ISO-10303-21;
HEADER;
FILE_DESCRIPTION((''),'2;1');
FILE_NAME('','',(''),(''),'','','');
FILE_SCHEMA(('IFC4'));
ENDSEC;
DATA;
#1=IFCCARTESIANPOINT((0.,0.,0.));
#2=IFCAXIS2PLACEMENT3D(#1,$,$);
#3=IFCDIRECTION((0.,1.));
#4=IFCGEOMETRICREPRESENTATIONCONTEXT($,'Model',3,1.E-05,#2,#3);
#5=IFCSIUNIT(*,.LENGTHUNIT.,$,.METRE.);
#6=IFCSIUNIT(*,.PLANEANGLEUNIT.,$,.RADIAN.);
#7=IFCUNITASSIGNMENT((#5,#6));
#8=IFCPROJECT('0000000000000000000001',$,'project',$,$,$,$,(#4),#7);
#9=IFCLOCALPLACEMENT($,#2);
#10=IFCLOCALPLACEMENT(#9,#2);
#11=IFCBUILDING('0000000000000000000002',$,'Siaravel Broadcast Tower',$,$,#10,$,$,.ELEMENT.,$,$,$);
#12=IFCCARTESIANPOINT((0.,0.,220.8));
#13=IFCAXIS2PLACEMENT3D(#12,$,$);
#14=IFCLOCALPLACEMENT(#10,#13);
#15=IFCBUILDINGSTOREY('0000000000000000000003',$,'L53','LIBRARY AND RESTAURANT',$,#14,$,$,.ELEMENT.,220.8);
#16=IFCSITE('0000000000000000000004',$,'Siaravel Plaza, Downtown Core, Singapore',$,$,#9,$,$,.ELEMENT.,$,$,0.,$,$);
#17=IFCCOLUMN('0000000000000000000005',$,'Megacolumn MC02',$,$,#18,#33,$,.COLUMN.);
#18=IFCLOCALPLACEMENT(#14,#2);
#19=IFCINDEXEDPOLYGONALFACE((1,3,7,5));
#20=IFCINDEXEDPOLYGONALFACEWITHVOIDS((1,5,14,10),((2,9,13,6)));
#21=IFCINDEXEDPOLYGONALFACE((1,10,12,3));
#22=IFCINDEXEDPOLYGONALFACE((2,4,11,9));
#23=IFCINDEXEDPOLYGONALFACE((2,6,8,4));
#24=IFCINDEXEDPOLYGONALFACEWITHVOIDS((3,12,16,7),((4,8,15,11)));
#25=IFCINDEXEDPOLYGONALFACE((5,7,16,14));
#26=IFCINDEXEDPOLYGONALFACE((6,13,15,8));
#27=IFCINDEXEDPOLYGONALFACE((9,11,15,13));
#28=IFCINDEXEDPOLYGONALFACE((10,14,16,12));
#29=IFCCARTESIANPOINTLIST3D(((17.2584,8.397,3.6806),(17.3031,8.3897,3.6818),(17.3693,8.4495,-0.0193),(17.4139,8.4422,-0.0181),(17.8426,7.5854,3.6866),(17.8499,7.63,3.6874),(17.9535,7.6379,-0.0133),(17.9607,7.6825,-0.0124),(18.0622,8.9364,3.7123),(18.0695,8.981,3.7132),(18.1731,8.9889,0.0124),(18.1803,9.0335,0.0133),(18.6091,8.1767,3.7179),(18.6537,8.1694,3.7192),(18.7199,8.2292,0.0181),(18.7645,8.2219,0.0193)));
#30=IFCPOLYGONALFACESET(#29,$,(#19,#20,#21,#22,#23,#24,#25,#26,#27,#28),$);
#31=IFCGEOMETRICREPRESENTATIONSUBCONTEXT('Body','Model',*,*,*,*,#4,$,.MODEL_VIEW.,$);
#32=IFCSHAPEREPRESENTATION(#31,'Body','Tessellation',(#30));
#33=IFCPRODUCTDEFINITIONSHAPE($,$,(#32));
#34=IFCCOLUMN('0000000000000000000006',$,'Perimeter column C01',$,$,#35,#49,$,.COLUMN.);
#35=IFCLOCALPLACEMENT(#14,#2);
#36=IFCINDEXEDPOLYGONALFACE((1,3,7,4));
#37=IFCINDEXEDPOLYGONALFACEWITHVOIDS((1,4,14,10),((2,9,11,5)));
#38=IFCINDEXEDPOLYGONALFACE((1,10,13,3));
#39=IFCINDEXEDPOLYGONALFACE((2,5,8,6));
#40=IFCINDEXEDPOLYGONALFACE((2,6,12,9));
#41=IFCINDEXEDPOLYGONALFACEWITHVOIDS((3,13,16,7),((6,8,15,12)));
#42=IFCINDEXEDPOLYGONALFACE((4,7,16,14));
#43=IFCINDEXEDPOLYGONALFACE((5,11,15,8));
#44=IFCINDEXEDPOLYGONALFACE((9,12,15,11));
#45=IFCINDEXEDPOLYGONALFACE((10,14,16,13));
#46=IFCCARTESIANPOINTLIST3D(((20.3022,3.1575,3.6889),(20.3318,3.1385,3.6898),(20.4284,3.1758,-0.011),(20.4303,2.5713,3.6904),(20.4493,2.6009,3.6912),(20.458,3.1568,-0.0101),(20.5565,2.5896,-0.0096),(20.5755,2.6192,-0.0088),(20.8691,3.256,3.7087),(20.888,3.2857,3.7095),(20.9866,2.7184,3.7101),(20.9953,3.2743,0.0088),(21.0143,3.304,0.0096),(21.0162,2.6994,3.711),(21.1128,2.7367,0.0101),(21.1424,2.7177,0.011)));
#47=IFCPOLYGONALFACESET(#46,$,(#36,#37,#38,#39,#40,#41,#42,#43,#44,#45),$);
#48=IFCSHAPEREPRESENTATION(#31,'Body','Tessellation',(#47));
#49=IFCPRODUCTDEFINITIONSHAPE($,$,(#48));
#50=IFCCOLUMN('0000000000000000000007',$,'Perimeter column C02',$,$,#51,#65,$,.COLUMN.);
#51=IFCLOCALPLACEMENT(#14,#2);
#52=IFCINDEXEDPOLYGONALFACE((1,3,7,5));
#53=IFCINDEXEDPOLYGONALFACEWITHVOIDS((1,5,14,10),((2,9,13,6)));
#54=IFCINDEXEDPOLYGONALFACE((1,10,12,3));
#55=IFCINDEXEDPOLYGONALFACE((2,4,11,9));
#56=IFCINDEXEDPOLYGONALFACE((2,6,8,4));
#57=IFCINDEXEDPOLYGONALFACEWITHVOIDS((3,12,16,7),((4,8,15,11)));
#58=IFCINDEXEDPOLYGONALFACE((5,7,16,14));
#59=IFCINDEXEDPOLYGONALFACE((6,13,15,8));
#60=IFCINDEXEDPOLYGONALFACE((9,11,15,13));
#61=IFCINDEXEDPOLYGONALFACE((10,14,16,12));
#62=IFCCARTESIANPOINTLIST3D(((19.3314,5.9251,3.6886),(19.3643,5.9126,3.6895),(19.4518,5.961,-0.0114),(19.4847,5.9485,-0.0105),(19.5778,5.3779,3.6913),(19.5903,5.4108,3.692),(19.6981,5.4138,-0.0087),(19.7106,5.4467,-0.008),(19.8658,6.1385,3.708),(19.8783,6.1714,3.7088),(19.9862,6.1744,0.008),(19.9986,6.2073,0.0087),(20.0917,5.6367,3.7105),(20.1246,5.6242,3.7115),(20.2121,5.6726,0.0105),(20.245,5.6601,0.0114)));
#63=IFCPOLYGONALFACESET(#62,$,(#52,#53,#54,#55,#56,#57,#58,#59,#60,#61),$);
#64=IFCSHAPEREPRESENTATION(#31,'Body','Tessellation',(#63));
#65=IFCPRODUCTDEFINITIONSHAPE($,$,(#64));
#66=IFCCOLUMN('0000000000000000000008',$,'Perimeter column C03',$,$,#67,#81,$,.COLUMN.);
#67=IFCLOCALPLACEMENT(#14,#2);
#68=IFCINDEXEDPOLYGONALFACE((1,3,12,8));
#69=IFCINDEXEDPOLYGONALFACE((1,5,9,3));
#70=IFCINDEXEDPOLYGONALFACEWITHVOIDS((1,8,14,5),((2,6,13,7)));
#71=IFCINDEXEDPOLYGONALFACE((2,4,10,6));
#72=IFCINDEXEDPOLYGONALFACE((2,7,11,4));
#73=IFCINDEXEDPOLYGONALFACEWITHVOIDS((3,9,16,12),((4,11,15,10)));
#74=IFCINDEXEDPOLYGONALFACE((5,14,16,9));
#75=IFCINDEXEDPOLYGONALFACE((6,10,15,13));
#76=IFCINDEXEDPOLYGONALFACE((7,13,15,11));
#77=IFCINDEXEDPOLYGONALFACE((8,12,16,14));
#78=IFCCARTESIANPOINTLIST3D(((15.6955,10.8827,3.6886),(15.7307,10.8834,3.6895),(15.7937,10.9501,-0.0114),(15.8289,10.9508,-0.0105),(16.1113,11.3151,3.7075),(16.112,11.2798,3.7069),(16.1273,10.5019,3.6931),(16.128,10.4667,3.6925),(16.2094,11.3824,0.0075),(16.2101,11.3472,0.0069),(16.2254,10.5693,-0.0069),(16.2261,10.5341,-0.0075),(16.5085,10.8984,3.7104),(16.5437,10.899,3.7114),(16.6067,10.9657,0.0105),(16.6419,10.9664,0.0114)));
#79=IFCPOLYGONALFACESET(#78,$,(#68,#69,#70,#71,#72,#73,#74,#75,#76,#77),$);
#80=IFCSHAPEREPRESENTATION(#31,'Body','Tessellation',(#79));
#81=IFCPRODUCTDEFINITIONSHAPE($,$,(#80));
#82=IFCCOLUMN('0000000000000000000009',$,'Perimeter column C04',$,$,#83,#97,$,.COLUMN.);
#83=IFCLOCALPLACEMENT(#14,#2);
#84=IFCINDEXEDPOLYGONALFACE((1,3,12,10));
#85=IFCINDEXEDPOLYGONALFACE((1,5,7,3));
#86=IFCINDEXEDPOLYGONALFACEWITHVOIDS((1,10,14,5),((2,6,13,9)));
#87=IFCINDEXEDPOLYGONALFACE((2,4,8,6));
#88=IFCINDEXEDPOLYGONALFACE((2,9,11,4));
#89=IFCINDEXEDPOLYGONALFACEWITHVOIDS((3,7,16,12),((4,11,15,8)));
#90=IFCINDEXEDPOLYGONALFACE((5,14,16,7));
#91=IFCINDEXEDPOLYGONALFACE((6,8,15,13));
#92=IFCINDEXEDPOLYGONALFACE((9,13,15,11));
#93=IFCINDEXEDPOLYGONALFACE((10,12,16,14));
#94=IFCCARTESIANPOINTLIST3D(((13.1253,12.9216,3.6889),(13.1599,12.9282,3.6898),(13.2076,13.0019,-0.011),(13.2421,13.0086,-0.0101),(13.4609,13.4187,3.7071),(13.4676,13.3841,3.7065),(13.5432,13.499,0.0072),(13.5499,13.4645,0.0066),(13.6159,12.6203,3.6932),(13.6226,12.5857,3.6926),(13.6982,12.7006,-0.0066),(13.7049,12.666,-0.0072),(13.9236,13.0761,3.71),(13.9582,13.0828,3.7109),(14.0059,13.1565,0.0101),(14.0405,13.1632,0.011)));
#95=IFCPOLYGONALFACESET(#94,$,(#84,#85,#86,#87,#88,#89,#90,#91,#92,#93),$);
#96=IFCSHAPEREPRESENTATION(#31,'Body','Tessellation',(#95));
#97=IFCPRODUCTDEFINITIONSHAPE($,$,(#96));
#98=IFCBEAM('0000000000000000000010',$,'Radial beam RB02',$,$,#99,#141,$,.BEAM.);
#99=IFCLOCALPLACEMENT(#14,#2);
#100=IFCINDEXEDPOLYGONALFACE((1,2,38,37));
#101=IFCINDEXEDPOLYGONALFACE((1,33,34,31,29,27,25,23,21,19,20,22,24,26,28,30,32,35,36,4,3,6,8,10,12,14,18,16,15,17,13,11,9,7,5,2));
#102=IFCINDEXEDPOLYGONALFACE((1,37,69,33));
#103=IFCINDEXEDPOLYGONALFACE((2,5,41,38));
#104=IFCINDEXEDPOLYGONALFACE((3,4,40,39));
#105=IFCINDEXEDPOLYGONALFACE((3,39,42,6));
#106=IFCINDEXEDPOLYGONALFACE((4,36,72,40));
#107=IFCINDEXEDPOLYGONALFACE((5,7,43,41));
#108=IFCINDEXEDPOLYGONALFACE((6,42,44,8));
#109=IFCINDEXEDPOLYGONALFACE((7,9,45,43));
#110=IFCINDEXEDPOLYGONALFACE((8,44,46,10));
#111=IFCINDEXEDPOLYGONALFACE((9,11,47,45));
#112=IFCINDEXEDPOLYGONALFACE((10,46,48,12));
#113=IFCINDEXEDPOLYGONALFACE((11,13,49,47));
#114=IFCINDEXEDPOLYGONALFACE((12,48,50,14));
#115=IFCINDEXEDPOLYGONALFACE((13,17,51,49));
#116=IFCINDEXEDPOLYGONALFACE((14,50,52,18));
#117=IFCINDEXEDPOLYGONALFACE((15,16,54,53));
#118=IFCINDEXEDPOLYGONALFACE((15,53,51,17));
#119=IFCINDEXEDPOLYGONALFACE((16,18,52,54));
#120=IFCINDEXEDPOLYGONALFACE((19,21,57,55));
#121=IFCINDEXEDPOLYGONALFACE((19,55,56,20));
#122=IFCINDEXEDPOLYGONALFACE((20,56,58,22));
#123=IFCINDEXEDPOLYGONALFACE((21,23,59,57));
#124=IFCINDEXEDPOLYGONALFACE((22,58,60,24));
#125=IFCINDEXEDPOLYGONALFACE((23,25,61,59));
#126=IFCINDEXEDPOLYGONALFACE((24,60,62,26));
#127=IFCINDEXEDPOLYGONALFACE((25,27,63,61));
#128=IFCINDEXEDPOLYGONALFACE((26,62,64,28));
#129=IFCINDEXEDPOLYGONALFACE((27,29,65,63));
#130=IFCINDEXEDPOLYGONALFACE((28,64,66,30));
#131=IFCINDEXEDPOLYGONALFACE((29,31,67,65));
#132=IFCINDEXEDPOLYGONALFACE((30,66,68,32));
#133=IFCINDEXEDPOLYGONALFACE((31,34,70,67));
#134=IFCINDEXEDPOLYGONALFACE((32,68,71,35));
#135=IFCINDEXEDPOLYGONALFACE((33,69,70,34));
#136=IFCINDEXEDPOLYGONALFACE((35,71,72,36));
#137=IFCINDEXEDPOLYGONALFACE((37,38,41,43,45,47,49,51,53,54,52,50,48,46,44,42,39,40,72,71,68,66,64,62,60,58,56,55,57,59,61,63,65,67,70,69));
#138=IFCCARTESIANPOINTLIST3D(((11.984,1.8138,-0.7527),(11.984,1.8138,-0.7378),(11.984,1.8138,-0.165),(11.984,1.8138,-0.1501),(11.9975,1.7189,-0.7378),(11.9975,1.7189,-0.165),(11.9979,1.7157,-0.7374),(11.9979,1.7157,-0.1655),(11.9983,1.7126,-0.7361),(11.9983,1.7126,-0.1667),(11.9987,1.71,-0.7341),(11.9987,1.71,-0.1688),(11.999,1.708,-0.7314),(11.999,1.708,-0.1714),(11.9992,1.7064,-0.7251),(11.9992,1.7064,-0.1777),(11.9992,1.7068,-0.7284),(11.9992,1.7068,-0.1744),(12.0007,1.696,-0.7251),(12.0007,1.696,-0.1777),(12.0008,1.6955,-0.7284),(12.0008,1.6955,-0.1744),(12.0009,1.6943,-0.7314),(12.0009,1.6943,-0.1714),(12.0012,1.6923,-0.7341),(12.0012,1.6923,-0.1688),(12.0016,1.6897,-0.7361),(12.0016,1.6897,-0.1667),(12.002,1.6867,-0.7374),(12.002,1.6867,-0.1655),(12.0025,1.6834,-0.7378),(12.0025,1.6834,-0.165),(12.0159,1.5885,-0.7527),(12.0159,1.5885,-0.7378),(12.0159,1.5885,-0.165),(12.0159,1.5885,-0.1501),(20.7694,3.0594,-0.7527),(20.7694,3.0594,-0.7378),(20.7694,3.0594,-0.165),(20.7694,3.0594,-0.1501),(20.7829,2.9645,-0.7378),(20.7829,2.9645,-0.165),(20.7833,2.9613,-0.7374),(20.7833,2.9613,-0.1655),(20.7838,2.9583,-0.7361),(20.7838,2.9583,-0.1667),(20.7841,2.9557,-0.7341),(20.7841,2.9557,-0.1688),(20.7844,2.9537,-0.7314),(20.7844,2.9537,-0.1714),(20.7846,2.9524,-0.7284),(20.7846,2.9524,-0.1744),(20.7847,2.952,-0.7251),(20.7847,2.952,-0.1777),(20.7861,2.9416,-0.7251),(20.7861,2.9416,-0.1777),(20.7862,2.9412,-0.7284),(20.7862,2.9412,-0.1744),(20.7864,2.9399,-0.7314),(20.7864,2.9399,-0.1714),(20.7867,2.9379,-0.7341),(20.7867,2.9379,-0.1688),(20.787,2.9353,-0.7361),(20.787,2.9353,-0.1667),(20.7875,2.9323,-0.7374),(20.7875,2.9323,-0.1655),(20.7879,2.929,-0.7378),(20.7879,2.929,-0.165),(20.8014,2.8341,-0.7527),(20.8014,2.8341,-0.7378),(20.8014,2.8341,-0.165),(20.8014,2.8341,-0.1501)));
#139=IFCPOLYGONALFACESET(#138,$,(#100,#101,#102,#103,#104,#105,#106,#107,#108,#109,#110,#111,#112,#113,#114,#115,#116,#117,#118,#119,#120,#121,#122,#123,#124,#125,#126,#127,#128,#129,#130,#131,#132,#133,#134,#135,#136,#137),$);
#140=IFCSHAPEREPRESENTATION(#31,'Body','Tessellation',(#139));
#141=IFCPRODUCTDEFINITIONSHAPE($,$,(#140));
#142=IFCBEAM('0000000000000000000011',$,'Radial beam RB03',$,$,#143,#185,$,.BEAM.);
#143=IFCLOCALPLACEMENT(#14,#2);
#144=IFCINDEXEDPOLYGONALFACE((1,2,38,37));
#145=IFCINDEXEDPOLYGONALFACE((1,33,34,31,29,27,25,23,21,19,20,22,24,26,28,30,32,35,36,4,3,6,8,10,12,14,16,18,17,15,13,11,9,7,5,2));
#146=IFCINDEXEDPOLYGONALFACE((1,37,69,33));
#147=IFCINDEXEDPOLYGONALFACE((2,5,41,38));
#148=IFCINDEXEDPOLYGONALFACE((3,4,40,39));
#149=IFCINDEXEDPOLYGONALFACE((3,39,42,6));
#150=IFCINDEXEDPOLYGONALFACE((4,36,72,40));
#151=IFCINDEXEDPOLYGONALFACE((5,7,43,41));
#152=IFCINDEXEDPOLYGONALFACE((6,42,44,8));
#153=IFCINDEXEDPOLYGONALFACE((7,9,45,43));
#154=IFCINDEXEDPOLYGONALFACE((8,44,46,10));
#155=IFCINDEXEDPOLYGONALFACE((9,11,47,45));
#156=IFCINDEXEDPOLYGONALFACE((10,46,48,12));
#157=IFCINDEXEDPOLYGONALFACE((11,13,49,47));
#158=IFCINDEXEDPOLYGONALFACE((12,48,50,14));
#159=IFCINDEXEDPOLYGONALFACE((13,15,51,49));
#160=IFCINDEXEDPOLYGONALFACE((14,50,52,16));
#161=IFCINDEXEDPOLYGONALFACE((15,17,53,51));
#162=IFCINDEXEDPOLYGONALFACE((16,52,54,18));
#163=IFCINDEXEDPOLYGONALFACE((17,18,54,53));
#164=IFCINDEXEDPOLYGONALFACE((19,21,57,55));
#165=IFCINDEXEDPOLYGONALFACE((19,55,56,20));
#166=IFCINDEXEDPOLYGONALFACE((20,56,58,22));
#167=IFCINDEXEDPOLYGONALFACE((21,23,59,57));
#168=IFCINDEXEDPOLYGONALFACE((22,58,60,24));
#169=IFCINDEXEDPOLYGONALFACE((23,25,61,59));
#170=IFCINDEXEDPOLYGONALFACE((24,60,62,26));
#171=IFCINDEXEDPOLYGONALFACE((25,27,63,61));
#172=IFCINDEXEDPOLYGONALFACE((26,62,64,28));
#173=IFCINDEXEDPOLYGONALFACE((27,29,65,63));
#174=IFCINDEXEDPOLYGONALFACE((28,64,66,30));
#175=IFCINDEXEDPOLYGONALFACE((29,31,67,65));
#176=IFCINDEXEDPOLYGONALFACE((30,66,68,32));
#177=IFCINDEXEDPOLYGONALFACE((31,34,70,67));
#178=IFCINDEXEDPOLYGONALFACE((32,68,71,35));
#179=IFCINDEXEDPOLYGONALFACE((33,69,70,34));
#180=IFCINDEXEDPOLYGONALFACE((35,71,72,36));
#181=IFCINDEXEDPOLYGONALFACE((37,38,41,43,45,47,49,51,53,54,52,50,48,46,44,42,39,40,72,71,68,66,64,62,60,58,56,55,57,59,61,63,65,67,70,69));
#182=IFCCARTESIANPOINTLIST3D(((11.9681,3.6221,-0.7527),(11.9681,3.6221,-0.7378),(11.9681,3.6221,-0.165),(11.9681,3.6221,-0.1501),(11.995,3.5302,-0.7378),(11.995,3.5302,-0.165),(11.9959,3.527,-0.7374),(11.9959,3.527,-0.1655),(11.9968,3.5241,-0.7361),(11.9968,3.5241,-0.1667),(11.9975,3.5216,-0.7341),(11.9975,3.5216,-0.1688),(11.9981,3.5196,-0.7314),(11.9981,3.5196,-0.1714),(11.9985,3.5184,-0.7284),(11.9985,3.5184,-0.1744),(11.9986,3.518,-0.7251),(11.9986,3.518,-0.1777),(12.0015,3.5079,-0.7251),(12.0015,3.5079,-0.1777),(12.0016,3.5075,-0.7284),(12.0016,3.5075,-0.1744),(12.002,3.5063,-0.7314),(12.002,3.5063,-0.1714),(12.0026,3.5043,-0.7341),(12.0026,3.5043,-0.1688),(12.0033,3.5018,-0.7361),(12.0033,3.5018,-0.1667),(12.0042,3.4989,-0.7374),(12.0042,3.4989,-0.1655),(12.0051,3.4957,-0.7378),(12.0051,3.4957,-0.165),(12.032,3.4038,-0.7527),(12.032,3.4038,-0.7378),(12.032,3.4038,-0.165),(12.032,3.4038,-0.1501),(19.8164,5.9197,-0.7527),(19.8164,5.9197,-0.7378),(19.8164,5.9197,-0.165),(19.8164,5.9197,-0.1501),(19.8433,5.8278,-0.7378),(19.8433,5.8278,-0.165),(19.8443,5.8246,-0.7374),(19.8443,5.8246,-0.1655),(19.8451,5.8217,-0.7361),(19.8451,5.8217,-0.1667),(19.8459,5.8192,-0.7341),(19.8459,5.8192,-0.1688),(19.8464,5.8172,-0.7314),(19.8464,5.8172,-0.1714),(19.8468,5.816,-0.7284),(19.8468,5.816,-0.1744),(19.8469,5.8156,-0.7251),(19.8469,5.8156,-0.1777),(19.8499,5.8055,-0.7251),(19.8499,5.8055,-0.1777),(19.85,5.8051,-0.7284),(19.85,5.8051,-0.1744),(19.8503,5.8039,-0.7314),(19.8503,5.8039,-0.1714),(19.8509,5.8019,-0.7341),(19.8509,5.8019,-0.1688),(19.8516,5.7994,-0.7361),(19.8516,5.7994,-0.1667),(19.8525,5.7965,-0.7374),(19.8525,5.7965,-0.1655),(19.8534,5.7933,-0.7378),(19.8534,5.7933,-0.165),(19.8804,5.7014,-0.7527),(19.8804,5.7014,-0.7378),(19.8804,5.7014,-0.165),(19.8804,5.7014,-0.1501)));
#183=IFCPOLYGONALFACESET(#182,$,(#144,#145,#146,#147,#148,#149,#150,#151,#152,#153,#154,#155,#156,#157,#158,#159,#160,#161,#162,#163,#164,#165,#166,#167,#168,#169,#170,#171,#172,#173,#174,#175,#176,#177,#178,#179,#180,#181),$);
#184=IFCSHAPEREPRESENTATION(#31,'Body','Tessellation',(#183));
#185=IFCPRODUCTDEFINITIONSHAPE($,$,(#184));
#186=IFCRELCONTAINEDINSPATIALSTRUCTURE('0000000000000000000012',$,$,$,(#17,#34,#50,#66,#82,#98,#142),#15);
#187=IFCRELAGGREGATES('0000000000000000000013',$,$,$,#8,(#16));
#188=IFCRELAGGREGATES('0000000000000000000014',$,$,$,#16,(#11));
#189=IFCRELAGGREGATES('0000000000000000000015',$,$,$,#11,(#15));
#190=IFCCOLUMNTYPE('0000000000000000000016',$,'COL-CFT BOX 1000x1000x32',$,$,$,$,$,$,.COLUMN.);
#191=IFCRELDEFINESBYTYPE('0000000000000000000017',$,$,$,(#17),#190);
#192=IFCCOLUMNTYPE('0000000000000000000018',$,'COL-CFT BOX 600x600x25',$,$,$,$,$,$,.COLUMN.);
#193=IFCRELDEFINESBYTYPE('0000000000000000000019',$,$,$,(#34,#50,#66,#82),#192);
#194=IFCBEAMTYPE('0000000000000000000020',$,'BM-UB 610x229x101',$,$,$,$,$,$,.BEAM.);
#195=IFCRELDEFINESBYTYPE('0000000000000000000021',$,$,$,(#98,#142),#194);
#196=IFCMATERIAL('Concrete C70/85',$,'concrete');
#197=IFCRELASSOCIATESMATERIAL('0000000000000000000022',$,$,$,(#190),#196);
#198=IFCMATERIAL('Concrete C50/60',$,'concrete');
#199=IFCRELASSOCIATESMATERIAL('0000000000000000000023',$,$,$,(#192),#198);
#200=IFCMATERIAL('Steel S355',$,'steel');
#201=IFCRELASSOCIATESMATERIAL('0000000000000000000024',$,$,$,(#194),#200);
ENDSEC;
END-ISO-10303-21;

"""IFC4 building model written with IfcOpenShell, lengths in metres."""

from ifc_helpers import new_model, si_unit, direction, frame, origin, origin_2d, place, context, subcontext, project, spatial, hollow_rectangle, i_section, extrude, material, material_profile, profile_set, type_object, element, save


model = new_model("IFC4")

# Units and contexts
model_context = context("Model", 3, precision=1e-05, world=origin(), true_north=direction((0.0, 1.0)))
body_context = subcontext(model_context, "Body", "Model", "MODEL_VIEW")
ifc_project = project(units=[si_unit("LENGTHUNIT", "METRE"), si_unit("PLANEANGLEUNIT", "RADIAN")], contexts=[model_context])

# Site, building, storey
site_placement = place(None, origin())
site = spatial("IfcSite", under=ifc_project, at=site_placement, Name="Siaravel Plaza, Downtown Core, Singapore", CompositionType="ELEMENT", RefElevation=0.0)
building_placement = place(site_placement, origin())
building = spatial("IfcBuilding", under=site, at=building_placement, Name="Siaravel Broadcast Tower", CompositionType="ELEMENT")
storey_placement = place(building_placement, frame((0.0, 0.0, 220.8)))
storey = spatial("IfcBuildingStorey", under=building, at=storey_placement, Name="L53", Description="LIBRARY AND RESTAURANT", CompositionType="ELEMENT", Elevation=220.8)

# Columns
ifc_material_1 = material(Name="Concrete C70/85", Category="concrete")
ifc_material_profile_1 = material_profile(ifc_material_1, hollow_rectangle(XDim=1.0, YDim=1.0, WallThickness=0.032, at=origin_2d()))
ifc_profile_set_1 = profile_set([ifc_material_profile_1], Name="Concrete C70/85")
column_type_1 = type_object("IfcColumnType", Name="COL-CFT BOX 1000x1000x32", PredefinedType="COLUMN", material=ifc_profile_set_1)
column_1_placement = place(storey_placement, frame((18.0669, 8.3357, 0.0), z_axis=(-0.029941, -0.014179, 0.999451), x_axis=(0.584185, -0.811599, 0.005987)))
element("IfcColumn", 1, at=column_1_placement, inside=storey, type_object=column_type_1, Name="Megacolumn MC02", PredefinedType="COLUMN", context=body_context, shape_type="SweptSolid", body=[
    extrude(hollow_rectangle(XDim=1.0, YDim=1.0, WallThickness=0.032, at=origin_2d()), origin(), (0.0, 0.0, 1.0), 3.7019),
])
ifc_material_2 = material(Name="Concrete C50/60", Category="concrete")
ifc_material_profile_2 = material_profile(ifc_material_2, hollow_rectangle(XDim=0.6001, YDim=0.6001, WallThickness=0.0249, at=origin_2d()))
ifc_profile_set_2 = profile_set([ifc_material_profile_2], Name="Concrete C50/60")
column_type_2 = type_object("IfcColumnType", Name="COL-CFT BOX 600x600x25", PredefinedType="COLUMN", material=ifc_profile_set_2)
for number, where, z_axis, x_axis, name in (
    (2, (20.7854, 2.9468, 0.0), (-0.034094, -0.004946, 0.999406), (0.213572, -0.976924, 0.002451), "Perimeter column C01"),
    (3, (19.8484, 5.8105, 0.0), (-0.032512, -0.009694, 0.999424), (0.410538, -0.911832, 0.00451), "Perimeter column C02"),
):
    element("IfcColumn", number, at=place(storey_placement, frame(where, z_axis=z_axis, x_axis=x_axis)), inside=storey, type_object=column_type_2, Name=name, PredefinedType="COLUMN", context=body_context, shape_type="SweptSolid", body=[
        extrude(hollow_rectangle(XDim=0.6001, YDim=0.6001, WallThickness=0.0249, at=origin_2d()), origin(), (0.0, 0.0, 1.0), 3.7021),
    ])
column_2_placement = place(storey_placement, frame((16.2178, 10.9583, 0.0), z_axis=(-0.026512, -0.018202, 0.999483), x_axis=(0.720661, -0.693257, 0.006491)))
element("IfcColumn", 4, at=column_2_placement, inside=storey, type_object=column_type_2, Name="Perimeter column C03", PredefinedType="COLUMN", context=body_context, shape_type="SweptSolid", body=[
    extrude(hollow_rectangle(XDim=0.6001, YDim=0.6001, WallThickness=0.0249, at=origin_2d()), origin(), (0.0, 0.0, 1.0), 3.7019),
])
column_3_placement = place(storey_placement, frame((13.624, 13.0825, 0.0), z_axis=(-0.022226, -0.021699, 0.999517), x_axis=(0.828692, -0.559669, 0.006278)))
element("IfcColumn", 5, at=column_3_placement, inside=storey, type_object=column_type_2, Name="Perimeter column C04", PredefinedType="COLUMN", context=body_context, shape_type="SweptSolid", body=[
    extrude(hollow_rectangle(XDim=0.6001, YDim=0.6001, WallThickness=0.0249, at=origin_2d()), origin(), (0.0, 0.0, 1.0), 3.7017),
])

# Beams
ifc_material_3 = material(Name="Steel S355", Category="steel")
ifc_material_profile_3 = material_profile(ifc_material_3, i_section(OverallWidth=0.2275, OverallDepth=0.6025, WebThickness=0.0105, FlangeThickness=0.0149, FilletRadius=0.0127, at=origin_2d()))
ifc_profile_set_3 = profile_set([ifc_material_profile_3], Name="Steel S355")
beam_type = type_object("IfcBeamType", Name="BM-UB 610x229x101", PredefinedType="BEAM", material=ifc_profile_set_3)
beam_1_placement = place(storey_placement, frame((20.7854, 2.9468, -0.4514), z_axis=(-0.990098, -0.140377, 0.0), x_axis=(0.140377, -0.990098, 0.0)))
element("IfcBeam", 6, at=beam_1_placement, inside=storey, type_object=beam_type, Name="Radial beam RB02", PredefinedType="BEAM", context=body_context, shape_type="SweptSolid", body=[
    extrude(i_section(OverallWidth=0.2275, OverallDepth=0.6025, WebThickness=0.0105, FlangeThickness=0.0149, FilletRadius=0.0127, at=origin_2d()), origin(), (0.0, 0.0, 1.0), 8.8733),
])
beam_2_placement = place(storey_placement, frame((19.8484, 5.8105, -0.4514), z_axis=(-0.95972, -0.280957, 0.0), x_axis=(0.280957, -0.95972, 0.0)))
element("IfcBeam", 7, at=beam_2_placement, inside=storey, type_object=beam_type, Name="Radial beam RB03", PredefinedType="BEAM", context=body_context, shape_type="SweptSolid", body=[
    extrude(i_section(OverallWidth=0.2275, OverallDepth=0.6025, WebThickness=0.0105, FlangeThickness=0.0149, FilletRadius=0.0127, at=origin_2d()), origin(), (0.0, 0.0, 1.0), 8.1777),
])

save(model, "model.ifc")
